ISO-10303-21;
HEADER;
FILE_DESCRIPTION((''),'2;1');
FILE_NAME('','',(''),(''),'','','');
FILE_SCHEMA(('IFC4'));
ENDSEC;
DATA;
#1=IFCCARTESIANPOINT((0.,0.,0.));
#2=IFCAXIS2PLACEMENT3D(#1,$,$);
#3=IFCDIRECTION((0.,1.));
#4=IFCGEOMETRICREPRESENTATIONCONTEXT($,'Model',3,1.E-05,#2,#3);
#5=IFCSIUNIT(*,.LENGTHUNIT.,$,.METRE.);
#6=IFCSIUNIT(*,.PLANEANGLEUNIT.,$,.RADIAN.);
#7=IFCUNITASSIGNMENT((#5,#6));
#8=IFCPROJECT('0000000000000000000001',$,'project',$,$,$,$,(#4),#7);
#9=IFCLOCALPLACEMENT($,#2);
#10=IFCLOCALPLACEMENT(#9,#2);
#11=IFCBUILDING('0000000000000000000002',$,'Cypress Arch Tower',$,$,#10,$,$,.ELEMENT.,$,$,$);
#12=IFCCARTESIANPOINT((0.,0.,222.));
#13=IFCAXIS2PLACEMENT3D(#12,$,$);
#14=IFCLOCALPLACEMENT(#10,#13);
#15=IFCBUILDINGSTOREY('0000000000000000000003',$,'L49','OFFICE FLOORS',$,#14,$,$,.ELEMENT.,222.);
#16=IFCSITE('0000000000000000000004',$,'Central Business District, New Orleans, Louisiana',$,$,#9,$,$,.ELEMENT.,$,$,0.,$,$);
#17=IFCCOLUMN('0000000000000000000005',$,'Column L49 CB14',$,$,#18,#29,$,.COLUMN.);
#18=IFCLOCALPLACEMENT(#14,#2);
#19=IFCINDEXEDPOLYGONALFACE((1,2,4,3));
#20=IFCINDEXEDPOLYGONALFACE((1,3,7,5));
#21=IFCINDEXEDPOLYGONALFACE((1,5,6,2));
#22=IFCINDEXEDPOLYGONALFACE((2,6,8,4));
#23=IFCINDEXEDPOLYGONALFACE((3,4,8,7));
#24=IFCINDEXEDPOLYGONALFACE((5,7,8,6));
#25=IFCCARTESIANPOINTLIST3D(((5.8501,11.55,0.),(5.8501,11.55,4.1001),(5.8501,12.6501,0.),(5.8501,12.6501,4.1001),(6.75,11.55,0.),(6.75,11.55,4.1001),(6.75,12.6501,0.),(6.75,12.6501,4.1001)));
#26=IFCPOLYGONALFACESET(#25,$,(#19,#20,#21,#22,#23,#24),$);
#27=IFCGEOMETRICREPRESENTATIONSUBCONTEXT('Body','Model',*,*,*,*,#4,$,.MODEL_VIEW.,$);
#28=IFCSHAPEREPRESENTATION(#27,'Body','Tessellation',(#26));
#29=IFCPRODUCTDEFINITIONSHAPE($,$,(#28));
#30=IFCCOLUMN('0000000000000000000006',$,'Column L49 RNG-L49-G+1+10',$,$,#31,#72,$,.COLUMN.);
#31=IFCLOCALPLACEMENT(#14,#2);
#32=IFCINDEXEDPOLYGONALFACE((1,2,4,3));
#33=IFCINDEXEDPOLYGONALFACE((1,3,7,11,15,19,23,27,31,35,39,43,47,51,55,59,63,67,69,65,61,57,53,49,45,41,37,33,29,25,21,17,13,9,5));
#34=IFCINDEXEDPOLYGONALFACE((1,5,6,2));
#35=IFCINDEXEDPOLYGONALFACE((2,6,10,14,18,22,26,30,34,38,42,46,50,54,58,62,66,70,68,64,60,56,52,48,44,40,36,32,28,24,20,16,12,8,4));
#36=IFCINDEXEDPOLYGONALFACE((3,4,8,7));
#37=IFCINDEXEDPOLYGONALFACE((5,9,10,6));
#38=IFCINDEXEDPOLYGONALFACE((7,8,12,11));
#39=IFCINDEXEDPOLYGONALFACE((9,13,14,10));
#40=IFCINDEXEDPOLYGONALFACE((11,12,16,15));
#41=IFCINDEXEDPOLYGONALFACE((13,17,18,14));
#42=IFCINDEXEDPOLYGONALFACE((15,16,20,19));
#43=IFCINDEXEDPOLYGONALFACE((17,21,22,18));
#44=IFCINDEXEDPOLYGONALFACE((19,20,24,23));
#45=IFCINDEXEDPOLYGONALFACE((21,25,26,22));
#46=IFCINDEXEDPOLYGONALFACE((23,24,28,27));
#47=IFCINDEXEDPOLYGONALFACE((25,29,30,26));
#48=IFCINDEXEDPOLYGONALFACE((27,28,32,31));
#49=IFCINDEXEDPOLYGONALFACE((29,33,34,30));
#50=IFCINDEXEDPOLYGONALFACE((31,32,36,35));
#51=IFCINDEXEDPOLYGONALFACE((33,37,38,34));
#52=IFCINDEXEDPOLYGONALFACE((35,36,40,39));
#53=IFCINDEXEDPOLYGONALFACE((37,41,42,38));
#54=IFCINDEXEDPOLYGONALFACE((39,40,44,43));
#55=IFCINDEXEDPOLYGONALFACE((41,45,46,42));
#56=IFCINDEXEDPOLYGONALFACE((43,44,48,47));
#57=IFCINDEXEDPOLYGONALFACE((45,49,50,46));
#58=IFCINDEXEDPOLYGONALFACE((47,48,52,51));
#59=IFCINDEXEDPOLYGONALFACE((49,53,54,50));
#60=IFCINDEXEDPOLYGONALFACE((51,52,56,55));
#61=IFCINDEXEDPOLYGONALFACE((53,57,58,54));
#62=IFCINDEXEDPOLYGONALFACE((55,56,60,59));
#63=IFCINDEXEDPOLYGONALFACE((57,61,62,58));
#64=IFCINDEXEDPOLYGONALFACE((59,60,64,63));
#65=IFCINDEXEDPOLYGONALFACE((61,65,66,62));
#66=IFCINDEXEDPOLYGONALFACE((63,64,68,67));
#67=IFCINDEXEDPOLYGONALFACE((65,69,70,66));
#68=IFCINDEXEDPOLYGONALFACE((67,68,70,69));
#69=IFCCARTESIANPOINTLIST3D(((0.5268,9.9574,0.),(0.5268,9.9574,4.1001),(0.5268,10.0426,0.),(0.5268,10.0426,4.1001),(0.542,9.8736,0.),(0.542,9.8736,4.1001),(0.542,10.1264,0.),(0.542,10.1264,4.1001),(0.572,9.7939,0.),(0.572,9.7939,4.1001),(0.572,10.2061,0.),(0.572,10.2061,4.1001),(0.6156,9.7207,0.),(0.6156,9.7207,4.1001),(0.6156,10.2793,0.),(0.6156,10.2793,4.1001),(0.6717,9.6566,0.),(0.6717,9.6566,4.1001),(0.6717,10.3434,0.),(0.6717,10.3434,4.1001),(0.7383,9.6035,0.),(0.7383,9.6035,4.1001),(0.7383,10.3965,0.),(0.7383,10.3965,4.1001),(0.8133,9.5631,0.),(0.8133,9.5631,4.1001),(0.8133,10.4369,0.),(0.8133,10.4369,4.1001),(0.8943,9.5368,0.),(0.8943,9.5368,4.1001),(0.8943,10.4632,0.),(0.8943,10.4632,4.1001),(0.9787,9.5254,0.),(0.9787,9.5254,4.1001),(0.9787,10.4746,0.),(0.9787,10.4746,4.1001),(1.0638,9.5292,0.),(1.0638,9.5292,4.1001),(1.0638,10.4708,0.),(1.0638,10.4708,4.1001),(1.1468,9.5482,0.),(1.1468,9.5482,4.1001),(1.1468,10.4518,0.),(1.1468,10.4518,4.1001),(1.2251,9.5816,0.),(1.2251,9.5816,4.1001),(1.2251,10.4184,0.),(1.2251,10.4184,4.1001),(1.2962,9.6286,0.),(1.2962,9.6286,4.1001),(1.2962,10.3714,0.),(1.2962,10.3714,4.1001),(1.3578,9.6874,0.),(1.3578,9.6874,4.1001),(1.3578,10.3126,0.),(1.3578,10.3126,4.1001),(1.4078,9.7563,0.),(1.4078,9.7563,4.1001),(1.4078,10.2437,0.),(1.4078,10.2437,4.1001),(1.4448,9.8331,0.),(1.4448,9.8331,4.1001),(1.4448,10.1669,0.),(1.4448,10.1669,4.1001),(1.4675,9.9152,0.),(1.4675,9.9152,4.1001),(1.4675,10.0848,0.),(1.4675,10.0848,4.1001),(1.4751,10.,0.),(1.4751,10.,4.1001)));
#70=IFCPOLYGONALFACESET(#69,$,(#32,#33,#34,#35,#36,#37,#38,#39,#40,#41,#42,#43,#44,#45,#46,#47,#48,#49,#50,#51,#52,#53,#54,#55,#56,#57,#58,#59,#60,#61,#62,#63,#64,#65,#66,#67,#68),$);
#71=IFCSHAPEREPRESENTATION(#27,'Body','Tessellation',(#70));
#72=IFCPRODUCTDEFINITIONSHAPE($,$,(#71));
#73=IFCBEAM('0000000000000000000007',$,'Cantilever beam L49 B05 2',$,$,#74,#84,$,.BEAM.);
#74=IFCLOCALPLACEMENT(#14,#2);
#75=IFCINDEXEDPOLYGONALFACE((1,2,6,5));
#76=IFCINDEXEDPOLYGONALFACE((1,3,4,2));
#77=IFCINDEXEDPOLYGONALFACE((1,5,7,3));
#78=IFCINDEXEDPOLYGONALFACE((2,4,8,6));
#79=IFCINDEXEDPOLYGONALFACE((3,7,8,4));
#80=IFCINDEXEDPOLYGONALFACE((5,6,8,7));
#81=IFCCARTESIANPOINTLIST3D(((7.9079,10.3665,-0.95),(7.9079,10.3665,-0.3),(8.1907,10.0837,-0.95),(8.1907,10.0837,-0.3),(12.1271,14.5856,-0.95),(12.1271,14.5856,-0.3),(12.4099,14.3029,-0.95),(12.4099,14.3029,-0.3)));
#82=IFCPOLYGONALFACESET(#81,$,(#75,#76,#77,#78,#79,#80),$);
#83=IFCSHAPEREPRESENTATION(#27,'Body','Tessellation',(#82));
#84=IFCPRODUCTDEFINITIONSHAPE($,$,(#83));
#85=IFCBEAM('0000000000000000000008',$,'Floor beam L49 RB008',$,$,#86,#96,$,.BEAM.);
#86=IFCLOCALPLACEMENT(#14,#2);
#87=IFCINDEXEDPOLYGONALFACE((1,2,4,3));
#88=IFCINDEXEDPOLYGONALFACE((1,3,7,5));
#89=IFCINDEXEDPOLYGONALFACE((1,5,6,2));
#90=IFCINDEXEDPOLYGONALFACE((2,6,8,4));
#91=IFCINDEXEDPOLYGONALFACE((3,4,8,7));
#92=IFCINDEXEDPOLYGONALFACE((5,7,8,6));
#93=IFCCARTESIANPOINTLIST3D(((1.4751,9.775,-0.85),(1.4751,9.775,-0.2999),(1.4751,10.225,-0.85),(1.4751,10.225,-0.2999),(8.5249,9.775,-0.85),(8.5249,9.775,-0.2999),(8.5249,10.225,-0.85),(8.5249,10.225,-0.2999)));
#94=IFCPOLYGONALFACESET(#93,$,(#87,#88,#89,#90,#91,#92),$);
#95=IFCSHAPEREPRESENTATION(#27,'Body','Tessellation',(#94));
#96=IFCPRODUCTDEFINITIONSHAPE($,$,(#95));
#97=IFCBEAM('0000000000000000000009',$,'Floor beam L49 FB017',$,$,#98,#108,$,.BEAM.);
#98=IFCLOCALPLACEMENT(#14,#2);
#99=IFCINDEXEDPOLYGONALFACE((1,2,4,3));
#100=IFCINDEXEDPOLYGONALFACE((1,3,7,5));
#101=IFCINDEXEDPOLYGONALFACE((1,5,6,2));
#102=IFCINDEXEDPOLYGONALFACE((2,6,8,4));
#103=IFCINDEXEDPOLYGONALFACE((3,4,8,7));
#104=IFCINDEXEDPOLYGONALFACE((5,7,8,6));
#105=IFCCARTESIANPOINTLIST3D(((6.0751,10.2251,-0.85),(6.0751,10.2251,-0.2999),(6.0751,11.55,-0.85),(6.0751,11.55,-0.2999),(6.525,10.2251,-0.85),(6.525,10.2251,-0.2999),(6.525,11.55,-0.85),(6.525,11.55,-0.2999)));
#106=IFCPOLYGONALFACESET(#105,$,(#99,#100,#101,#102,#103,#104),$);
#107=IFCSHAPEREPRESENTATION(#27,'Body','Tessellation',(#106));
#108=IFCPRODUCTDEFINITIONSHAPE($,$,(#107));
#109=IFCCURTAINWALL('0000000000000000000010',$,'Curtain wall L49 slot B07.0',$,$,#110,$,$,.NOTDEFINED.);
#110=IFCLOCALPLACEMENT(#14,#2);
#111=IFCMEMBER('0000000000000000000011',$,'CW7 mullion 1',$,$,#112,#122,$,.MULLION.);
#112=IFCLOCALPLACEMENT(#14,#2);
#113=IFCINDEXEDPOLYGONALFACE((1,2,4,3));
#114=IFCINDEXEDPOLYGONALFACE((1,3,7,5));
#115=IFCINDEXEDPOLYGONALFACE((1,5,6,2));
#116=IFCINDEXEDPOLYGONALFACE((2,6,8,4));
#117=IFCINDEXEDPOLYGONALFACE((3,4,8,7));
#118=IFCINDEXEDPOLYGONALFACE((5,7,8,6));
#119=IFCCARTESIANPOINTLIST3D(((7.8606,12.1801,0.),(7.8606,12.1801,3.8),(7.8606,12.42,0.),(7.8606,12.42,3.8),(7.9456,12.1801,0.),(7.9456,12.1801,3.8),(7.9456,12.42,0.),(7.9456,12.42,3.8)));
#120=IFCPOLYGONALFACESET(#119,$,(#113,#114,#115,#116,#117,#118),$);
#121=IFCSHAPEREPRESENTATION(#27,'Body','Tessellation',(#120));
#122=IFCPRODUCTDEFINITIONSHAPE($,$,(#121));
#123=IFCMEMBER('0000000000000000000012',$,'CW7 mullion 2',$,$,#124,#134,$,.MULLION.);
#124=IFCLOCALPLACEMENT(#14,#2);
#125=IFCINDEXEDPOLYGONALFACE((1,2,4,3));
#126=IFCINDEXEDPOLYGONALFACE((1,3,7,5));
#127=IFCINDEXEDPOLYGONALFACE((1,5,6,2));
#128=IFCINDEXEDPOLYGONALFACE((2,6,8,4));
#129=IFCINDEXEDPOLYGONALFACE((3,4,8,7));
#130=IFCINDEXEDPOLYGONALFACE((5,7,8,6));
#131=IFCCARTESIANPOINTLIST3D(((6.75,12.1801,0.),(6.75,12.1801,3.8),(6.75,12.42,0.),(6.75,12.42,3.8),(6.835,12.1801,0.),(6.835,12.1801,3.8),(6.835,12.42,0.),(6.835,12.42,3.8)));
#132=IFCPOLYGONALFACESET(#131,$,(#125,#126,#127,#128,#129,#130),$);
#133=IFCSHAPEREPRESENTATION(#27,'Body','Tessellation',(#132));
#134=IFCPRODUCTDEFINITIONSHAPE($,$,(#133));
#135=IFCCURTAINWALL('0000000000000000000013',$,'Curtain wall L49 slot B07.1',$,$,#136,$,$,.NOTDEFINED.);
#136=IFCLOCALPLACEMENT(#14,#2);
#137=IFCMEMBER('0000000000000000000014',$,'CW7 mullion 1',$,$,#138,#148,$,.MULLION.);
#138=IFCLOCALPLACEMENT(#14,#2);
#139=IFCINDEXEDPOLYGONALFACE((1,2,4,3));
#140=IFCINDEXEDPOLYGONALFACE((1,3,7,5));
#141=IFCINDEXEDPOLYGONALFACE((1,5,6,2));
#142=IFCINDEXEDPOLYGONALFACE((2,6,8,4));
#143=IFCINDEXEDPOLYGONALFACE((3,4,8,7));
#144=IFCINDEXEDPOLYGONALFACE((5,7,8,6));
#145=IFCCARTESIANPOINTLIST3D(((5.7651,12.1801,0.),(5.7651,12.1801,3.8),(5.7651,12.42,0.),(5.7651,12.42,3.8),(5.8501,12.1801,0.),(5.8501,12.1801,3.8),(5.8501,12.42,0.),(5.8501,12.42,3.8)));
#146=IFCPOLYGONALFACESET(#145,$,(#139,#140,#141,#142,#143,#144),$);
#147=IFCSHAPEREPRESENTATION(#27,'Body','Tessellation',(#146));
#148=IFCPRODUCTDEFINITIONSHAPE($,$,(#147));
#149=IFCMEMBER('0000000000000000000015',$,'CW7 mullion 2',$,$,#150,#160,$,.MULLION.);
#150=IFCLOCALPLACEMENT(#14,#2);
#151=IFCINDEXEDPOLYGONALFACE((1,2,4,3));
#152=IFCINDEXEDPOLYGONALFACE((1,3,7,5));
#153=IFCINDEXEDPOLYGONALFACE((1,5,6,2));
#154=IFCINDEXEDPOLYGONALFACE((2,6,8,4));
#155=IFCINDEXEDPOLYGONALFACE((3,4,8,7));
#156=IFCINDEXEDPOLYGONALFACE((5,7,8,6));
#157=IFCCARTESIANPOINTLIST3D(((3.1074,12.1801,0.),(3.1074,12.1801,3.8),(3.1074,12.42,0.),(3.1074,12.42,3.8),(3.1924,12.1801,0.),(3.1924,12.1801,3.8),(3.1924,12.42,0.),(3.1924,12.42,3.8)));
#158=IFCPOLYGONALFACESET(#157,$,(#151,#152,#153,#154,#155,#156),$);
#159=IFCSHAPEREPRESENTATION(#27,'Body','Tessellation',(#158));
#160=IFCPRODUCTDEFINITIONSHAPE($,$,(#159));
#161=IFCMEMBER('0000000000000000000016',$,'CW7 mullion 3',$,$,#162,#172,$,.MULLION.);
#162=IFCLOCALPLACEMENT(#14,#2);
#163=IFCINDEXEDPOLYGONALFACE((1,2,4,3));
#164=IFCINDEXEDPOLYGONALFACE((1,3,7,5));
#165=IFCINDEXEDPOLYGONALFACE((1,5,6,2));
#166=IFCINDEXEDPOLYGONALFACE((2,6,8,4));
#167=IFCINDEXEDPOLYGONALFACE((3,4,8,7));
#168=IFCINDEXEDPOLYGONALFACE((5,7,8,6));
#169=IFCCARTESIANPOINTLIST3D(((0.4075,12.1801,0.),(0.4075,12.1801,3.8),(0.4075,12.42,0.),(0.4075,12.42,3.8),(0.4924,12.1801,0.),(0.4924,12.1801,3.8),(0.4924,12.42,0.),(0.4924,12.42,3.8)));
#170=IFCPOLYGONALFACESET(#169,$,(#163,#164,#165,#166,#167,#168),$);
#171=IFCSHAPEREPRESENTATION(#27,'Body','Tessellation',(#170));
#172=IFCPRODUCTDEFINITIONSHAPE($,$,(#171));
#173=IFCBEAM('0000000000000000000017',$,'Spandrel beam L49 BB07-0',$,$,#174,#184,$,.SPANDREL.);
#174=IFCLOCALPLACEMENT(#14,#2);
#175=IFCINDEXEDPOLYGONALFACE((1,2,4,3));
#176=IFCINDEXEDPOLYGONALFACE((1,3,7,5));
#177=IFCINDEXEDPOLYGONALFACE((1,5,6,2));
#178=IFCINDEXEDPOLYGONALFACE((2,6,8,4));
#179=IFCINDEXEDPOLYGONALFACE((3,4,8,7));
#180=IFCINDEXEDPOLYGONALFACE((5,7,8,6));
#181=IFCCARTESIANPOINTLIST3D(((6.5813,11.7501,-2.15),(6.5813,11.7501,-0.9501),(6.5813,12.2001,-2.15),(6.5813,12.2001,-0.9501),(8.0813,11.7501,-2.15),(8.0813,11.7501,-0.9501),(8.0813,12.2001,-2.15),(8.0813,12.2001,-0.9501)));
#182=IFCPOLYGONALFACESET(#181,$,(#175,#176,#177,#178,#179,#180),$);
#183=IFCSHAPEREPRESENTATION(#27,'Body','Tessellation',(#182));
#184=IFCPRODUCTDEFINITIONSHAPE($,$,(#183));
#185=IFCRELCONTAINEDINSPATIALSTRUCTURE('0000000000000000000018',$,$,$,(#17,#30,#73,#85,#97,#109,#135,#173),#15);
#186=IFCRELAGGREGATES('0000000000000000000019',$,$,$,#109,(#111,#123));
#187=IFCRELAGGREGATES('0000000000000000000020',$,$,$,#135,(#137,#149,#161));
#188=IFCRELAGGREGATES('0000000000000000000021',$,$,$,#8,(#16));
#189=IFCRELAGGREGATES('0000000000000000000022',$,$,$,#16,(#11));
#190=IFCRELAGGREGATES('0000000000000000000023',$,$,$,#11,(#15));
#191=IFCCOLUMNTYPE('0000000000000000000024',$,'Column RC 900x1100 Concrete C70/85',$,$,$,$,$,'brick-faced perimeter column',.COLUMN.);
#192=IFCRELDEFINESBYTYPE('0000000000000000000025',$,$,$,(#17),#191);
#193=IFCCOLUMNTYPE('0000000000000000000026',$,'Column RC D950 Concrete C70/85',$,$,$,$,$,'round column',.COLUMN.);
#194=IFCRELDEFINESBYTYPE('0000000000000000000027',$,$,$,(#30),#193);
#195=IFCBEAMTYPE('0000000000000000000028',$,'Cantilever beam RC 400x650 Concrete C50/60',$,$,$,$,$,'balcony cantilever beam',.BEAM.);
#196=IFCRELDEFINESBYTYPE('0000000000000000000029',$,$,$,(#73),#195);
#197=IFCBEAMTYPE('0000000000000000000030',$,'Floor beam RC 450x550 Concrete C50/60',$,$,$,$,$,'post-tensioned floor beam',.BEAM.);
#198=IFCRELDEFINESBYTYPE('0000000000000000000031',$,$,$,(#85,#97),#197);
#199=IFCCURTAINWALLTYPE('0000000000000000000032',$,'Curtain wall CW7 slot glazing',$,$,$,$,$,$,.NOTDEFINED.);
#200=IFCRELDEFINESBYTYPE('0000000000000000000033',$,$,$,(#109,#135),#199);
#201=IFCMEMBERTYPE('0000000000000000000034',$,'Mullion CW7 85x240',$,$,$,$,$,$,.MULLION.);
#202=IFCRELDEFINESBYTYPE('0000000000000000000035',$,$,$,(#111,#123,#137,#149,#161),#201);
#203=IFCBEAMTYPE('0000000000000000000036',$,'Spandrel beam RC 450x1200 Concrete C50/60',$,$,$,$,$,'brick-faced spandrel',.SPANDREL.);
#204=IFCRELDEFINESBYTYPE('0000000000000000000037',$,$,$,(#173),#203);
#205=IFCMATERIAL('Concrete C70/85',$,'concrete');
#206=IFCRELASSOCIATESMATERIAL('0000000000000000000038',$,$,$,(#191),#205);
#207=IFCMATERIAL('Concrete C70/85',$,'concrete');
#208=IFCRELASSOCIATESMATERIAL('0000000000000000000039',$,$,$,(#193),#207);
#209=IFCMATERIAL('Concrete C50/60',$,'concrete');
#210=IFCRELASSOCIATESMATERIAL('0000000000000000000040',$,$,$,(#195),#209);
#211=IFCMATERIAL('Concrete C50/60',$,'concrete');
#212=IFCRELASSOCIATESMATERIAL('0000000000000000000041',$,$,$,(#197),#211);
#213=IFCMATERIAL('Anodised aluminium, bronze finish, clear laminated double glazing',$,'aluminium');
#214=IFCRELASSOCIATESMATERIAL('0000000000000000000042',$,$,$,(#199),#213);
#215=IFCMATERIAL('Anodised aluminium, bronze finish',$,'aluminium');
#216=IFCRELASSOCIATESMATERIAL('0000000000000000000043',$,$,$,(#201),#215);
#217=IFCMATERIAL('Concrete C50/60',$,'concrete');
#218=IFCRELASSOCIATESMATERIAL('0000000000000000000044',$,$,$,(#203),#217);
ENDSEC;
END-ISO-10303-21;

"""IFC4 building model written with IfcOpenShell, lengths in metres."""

from ifc_helpers import new_model, si_unit, direction, frame, origin, origin_2d, place, context, subcontext, project, spatial, rectangle, circle, extrude, material, material_profile, profile_set, type_object, element, aggregate, save


model = new_model("IFC4")

# Units and contexts
model_context = context("Model", 3, precision=1e-05, world=origin(), true_north=direction((0.0, 1.0)))
body_context = subcontext(model_context, "Body", "Model", "MODEL_VIEW")
ifc_project = project(units=[si_unit("LENGTHUNIT", "METRE"), si_unit("PLANEANGLEUNIT", "RADIAN")], contexts=[model_context])

# Site, building, storey
site_placement = place(None, origin())
site = spatial("IfcSite", under=ifc_project, at=site_placement, Name="Central Business District, New Orleans, Louisiana", CompositionType="ELEMENT", RefElevation=0.0)
building_placement = place(site_placement, origin())
building = spatial("IfcBuilding", under=site, at=building_placement, Name="Cypress Arch Tower", CompositionType="ELEMENT")
storey_placement = place(building_placement, frame((0.0, 0.0, 222.0)))
storey = spatial("IfcBuildingStorey", under=building, at=storey_placement, Name="L49", Description="OFFICE FLOORS", CompositionType="ELEMENT", Elevation=222.0)

# Columns
ifc_material_1 = material(Name="Concrete C70/85", Category="concrete")
ifc_material_profile_1 = material_profile(ifc_material_1, rectangle(XDim=0.8999, YDim=1.1001, at=origin_2d()), Name="RC 900x1100")
ifc_profile_set_1 = profile_set([ifc_material_profile_1], Name="Concrete C70/85")
column_type_1 = type_object("IfcColumnType", Name="Column RC 900x1100 Concrete C70/85", ElementType="brick-faced perimeter column", PredefinedType="COLUMN", material=ifc_profile_set_1)
column_1_placement = place(storey_placement, frame((6.3, 12.1001, 0.0), z_axis=(0.0, 0.0, 1.0), x_axis=(-1.0, 0.0, 0.0)))
element("IfcColumn", 1, at=column_1_placement, inside=storey, type_object=column_type_1, Name="Column L49 CB14", PredefinedType="COLUMN", context=body_context, shape_type="SweptSolid", body=[
    extrude(rectangle(XDim=0.8999, YDim=1.1001, at=origin_2d()), origin(), (0.0, 0.0, 1.0), 4.1001),
])
ifc_material_2 = material(Name="Concrete C70/85", Category="concrete")
ifc_material_profile_2 = material_profile(ifc_material_2, circle(Radius=0.4751, at=origin_2d()), Name="RC D950")
ifc_profile_set_2 = profile_set([ifc_material_profile_2], Name="Concrete C70/85")
column_type_2 = type_object("IfcColumnType", Name="Column RC D950 Concrete C70/85", ElementType="round column", PredefinedType="COLUMN", material=ifc_profile_set_2)
column_2_placement = place(storey_placement, frame((1.0, 10.0, 0.0), z_axis=(0.0, 0.0, 1.0), x_axis=(1.0, 0.0, 0.0)))
element("IfcColumn", 2, at=column_2_placement, inside=storey, type_object=column_type_2, Name="Column L49 RNG-L49-G+1+10", PredefinedType="COLUMN", context=body_context, shape_type="SweptSolid", body=[
    extrude(circle(Radius=0.4751, at=origin_2d()), origin(), (0.0, 0.0, 1.0), 4.1001),
])

# Beams
ifc_material_3 = material(Name="Concrete C50/60", Category="concrete")
ifc_material_profile_3 = material_profile(ifc_material_3, rectangle(XDim=0.3999, YDim=0.6499, at=origin_2d()), Name="RC 400x650")
ifc_profile_set_3 = profile_set([ifc_material_profile_3], Name="Concrete C50/60")
beam_type_1 = type_object("IfcBeamType", Name="Cantilever beam RC 400x650 Concrete C50/60", ElementType="balcony cantilever beam", PredefinedType="BEAM", material=ifc_profile_set_3)
beam_1_placement = place(storey_placement, frame((8.0493, 10.2251, -0.625), z_axis=(0.707107, 0.707107, 0.0), x_axis=(-0.707107, 0.707107, 0.0)))
element("IfcBeam", 3, at=beam_1_placement, inside=storey, type_object=beam_type_1, Name="Cantilever beam L49 B05 2", PredefinedType="BEAM", context=body_context, shape_type="SweptSolid", body=[
    extrude(rectangle(XDim=0.3999, YDim=0.6499, at=origin_2d()), origin(), (0.0, 0.0, 1.0), 5.9668),
])
ifc_material_4 = material(Name="Concrete C50/60", Category="concrete")
ifc_material_profile_4 = material_profile(ifc_material_4, rectangle(XDim=0.45, YDim=0.55, at=origin_2d()), Name="RC 450x550")
ifc_profile_set_4 = profile_set([ifc_material_profile_4], Name="Concrete C50/60")
beam_type_2 = type_object("IfcBeamType", Name="Floor beam RC 450x550 Concrete C50/60", ElementType="post-tensioned floor beam", PredefinedType="BEAM", material=ifc_profile_set_4)
beam_2_placement = place(storey_placement, frame((1.4751, 10.0, -0.575), z_axis=(1.0, 0.0, 0.0), x_axis=(0.0, 1.0, 0.0)))
element("IfcBeam", 4, at=beam_2_placement, inside=storey, type_object=beam_type_2, Name="Floor beam L49 RB008", PredefinedType="BEAM", context=body_context, shape_type="SweptSolid", body=[
    extrude(rectangle(XDim=0.45, YDim=0.55, at=origin_2d()), origin(), (0.0, 0.0, 1.0), 7.0498),
])
beam_3_placement = place(storey_placement, frame((6.3, 10.2251, -0.575), z_axis=(0.0, 1.0, 0.0), x_axis=(-1.0, 0.0, 0.0)))
element("IfcBeam", 5, at=beam_3_placement, inside=storey, type_object=beam_type_2, Name="Floor beam L49 FB017", PredefinedType="BEAM", context=body_context, shape_type="SweptSolid", body=[
    extrude(rectangle(XDim=0.45, YDim=0.55, at=origin_2d()), origin(), (0.0, 0.0, 1.0), 1.325),
])

# Curtain walls, members
ifc_material_5 = material(Name="Anodised aluminium, bronze finish, clear laminated double glazing", Category="aluminium")
curtain_wall_type = type_object("IfcCurtainWallType", Name="Curtain wall CW7 slot glazing", PredefinedType="NOTDEFINED", material=ifc_material_5)
curtain_wall_1_placement = place(storey_placement, origin())
curtain_wall_1 = element("IfcCurtainWall", 6, at=curtain_wall_1_placement, inside=storey, type_object=curtain_wall_type, Name="Curtain wall L49 slot B07.0", PredefinedType="NOTDEFINED")
ifc_material_6 = material(Name="Anodised aluminium, bronze finish", Category="aluminium")
ifc_material_profile_5 = material_profile(ifc_material_6, rectangle(XDim=0.24, YDim=0.085, at=origin_2d()), Name="Mullion 85x240")
ifc_profile_set_5 = profile_set([ifc_material_profile_5], Name="Anodised aluminium, bronze finish")
member_type_1 = type_object("IfcMemberType", Name="Mullion CW7 85x240", PredefinedType="MULLION", material=ifc_profile_set_5)
member_1_placement = place(storey_placement, frame((7.9031, 12.3, 0.0), z_axis=(0.0, 0.0, 1.0), x_axis=(0.0, -1.0, 0.0)))
member_1 = element("IfcMember", 7, at=member_1_placement, type_object=member_type_1, Name="CW7 mullion 1", PredefinedType="MULLION", context=body_context, shape_type="SweptSolid", body=[
    extrude(rectangle(XDim=0.24, YDim=0.085, at=origin_2d()), origin(), (0.0, 0.0, 1.0), 3.8),
])
member_2_placement = place(storey_placement, frame((6.7925, 12.3, 0.0), z_axis=(0.0, 0.0, 1.0), x_axis=(0.0, -1.0, 0.0)))
member_2 = element("IfcMember", 8, at=member_2_placement, type_object=member_type_1, Name="CW7 mullion 2", PredefinedType="MULLION", context=body_context, shape_type="SweptSolid", body=[
    extrude(rectangle(XDim=0.24, YDim=0.085, at=origin_2d()), origin(), (0.0, 0.0, 1.0), 3.8),
])
curtain_wall_2_placement = place(storey_placement, origin())
curtain_wall_2 = element("IfcCurtainWall", 9, at=curtain_wall_2_placement, inside=storey, type_object=curtain_wall_type, Name="Curtain wall L49 slot B07.1", PredefinedType="NOTDEFINED")
member_3_placement = place(storey_placement, frame((5.8076, 12.3, 0.0), z_axis=(0.0, 0.0, 1.0), x_axis=(0.0, -1.0, 0.0)))
member_3 = element("IfcMember", 10, at=member_3_placement, type_object=member_type_1, Name="CW7 mullion 1", PredefinedType="MULLION", context=body_context, shape_type="SweptSolid", body=[
    extrude(rectangle(XDim=0.24, YDim=0.085, at=origin_2d()), origin(), (0.0, 0.0, 1.0), 3.8),
])
member_4_placement = place(storey_placement, frame((3.1499, 12.3, 0.0), z_axis=(0.0, 0.0, 1.0), x_axis=(0.0, -1.0, 0.0)))
member_4 = element("IfcMember", 11, at=member_4_placement, type_object=member_type_1, Name="CW7 mullion 2", PredefinedType="MULLION", context=body_context, shape_type="SweptSolid", body=[
    extrude(rectangle(XDim=0.24, YDim=0.085, at=origin_2d()), origin(), (0.0, 0.0, 1.0), 3.8),
])
member_5_placement = place(storey_placement, frame((0.45, 12.3, 0.0), z_axis=(0.0, 0.0, 1.0), x_axis=(0.0, -1.0, 0.0)))
member_5 = element("IfcMember", 12, at=member_5_placement, type_object=member_type_1, Name="CW7 mullion 3", PredefinedType="MULLION", context=body_context, shape_type="SweptSolid", body=[
    extrude(rectangle(XDim=0.24, YDim=0.085, at=origin_2d()), origin(), (0.0, 0.0, 1.0), 3.8),
])

# Beam
ifc_material_7 = material(Name="Concrete C50/60", Category="concrete")
ifc_material_profile_6 = material_profile(ifc_material_7, rectangle(XDim=0.45, YDim=1.2, at=origin_2d()), Name="RC 450x1200")
ifc_profile_set_6 = profile_set([ifc_material_profile_6], Name="Concrete C50/60")
beam_type_3 = type_object("IfcBeamType", Name="Spandrel beam RC 450x1200 Concrete C50/60", ElementType="brick-faced spandrel", PredefinedType="SPANDREL", material=ifc_profile_set_6)
beam_4_placement = place(storey_placement, frame((8.0813, 11.9751, -1.55), z_axis=(-1.0, 0.0, 0.0), x_axis=(0.0, -1.0, 0.0)))
element("IfcBeam", 13, at=beam_4_placement, inside=storey, type_object=beam_type_3, Name="Spandrel beam L49 BB07-0", PredefinedType="SPANDREL", context=body_context, shape_type="SweptSolid", body=[
    extrude(rectangle(XDim=0.45, YDim=1.2, at=origin_2d()), origin(), (0.0, 0.0, 1.0), 1.5),
])

aggregate(curtain_wall_1, [member_1, member_2])
aggregate(curtain_wall_2, [member_3, member_4, member_5])

save(model, "model.ifc")
